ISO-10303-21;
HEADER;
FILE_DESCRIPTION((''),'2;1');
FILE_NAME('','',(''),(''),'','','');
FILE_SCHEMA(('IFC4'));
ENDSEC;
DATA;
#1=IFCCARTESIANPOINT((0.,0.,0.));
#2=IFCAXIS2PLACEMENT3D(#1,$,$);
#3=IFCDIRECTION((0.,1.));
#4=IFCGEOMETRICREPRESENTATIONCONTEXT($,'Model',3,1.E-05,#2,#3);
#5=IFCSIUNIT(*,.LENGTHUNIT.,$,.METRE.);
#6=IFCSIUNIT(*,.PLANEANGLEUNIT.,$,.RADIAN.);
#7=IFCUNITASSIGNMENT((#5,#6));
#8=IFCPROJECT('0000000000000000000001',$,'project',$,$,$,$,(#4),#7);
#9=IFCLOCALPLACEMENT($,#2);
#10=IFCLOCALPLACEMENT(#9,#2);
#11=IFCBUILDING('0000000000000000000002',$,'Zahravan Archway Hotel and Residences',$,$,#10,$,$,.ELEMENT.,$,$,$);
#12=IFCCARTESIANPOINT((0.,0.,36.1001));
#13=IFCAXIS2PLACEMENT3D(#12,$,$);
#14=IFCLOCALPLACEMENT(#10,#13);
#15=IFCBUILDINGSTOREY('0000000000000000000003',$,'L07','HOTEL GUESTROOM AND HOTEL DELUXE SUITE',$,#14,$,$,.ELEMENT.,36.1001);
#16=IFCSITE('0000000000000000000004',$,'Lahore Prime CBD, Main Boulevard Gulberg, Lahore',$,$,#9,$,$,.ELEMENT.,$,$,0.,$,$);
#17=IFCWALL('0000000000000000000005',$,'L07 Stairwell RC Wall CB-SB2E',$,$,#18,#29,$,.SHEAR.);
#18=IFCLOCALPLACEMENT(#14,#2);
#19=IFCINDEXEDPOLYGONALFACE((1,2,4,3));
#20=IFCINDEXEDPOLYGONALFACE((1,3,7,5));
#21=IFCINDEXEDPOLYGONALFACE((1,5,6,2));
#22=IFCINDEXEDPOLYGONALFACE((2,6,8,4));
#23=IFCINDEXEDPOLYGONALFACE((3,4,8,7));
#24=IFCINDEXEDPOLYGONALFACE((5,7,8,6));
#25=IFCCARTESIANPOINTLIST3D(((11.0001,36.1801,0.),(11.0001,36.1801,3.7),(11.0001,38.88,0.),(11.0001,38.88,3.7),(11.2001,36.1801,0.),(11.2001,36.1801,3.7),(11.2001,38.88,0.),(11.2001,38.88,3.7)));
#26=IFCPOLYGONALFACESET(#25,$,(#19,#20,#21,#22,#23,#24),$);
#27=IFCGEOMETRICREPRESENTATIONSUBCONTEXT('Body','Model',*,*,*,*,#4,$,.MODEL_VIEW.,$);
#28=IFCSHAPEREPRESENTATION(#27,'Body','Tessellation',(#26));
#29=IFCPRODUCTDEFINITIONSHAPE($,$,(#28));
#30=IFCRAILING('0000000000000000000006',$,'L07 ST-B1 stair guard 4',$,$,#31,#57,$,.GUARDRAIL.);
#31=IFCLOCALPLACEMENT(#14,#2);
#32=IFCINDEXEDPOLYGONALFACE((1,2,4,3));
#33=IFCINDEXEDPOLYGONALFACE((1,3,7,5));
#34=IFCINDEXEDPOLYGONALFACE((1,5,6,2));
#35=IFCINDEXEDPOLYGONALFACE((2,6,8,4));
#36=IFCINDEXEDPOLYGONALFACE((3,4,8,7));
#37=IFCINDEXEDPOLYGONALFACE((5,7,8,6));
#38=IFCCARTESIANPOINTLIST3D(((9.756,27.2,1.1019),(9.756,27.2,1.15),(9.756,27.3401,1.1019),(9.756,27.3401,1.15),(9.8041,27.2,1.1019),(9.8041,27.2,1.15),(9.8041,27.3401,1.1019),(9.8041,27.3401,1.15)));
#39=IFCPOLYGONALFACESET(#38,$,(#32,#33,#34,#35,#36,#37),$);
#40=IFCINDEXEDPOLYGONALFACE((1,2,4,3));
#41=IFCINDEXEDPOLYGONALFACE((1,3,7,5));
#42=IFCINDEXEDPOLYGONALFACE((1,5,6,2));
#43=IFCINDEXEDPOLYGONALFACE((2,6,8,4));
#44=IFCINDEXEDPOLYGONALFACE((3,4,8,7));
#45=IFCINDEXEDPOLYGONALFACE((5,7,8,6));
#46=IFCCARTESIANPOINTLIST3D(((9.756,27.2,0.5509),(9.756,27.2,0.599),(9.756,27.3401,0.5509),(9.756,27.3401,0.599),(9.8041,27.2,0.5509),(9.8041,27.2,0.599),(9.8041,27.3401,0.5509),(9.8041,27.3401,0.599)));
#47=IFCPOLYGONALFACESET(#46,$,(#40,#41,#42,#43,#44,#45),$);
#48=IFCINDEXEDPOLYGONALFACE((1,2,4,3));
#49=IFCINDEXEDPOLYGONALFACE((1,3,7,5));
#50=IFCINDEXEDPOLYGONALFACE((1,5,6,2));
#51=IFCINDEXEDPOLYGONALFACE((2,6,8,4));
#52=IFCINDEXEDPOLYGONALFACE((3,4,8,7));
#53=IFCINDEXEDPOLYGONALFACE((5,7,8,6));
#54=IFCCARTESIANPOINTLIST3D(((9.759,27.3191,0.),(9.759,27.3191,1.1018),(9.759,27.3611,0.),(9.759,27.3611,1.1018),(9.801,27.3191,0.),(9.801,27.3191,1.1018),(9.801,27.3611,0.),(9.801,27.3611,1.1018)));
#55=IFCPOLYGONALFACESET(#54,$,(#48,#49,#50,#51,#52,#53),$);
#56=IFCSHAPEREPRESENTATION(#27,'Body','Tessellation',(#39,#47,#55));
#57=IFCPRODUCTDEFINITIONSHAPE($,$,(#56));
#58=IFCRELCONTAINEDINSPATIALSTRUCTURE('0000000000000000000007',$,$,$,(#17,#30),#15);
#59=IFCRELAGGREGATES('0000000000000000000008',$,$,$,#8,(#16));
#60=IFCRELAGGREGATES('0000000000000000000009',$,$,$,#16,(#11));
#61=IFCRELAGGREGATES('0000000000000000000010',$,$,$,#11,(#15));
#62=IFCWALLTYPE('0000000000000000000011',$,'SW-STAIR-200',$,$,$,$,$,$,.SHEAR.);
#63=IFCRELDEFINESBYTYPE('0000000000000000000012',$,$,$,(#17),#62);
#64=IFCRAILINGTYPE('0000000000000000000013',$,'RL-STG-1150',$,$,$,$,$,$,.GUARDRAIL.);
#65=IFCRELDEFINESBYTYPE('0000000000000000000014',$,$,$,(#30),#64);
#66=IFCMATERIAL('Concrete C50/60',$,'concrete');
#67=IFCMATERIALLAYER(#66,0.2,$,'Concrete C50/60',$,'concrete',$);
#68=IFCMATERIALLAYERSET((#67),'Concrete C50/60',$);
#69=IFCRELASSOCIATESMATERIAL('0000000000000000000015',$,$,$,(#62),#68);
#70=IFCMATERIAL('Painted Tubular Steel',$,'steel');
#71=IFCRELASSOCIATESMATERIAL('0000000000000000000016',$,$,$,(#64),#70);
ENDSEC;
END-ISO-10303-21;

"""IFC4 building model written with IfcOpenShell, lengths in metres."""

from ifc_helpers import new_model, si_unit, direction, frame, frame_2d, origin, origin_2d, place, context, subcontext, project, spatial, rectangle, extrude, material, layer, layer_set, type_object, element, save


model = new_model("IFC4")

# Units and contexts
model_context = context("Model", 3, precision=1e-05, world=origin(), true_north=direction((0.0, 1.0)))
body_context = subcontext(model_context, "Body", "Model", "MODEL_VIEW")
ifc_project = project(units=[si_unit("LENGTHUNIT", "METRE"), si_unit("PLANEANGLEUNIT", "RADIAN")], contexts=[model_context])

# Site, building, storey
site_placement = place(None, origin())
site = spatial("IfcSite", under=ifc_project, at=site_placement, Name="Lahore Prime CBD, Main Boulevard Gulberg, Lahore", CompositionType="ELEMENT", RefElevation=0.0)
building_placement = place(site_placement, origin())
building = spatial("IfcBuilding", under=site, at=building_placement, Name="Zahravan Archway Hotel and Residences", CompositionType="ELEMENT")
storey_placement = place(building_placement, frame((0.0, 0.0, 36.1001)))
storey = spatial("IfcBuildingStorey", under=building, at=storey_placement, Name="L07", Description="HOTEL GUESTROOM AND HOTEL DELUXE SUITE", CompositionType="ELEMENT", Elevation=36.1001)

# Wall
ifc_material_1 = material(Name="Concrete C50/60", Category="concrete")
ifc_layer_1 = layer(ifc_material_1, 0.2, Name="Concrete C50/60", Category="concrete")
ifc_layer_set_1 = layer_set([ifc_layer_1], Name="Concrete C50/60")
wall_type_1 = type_object("IfcWallType", Name="SW-STAIR-200", PredefinedType="SHEAR", material=ifc_layer_set_1)
wall_1_placement = place(storey_placement, frame((11.1001, 36.1799, 0.0), z_axis=(0.0, 0.0, 1.0), x_axis=(0.0, 1.0, 0.0)))
element("IfcWall", 1, at=wall_1_placement, inside=storey, type_object=wall_type_1, Name="L07 Stairwell RC Wall CB-SB2E", PredefinedType="SHEAR", context=body_context, shape_type="SweptSolid", body=[
    extrude(rectangle(XDim=2.7, YDim=0.2, at=frame_2d((1.3501, 0.0))), origin(), (0.0, 0.0, 1.0), 3.7),
])

# Railing
ifc_material_2 = material(Name="Painted Tubular Steel", Category="steel")
railing_type = type_object("IfcRailingType", Name="RL-STG-1150", PredefinedType="GUARDRAIL", material=ifc_material_2)
railing_placement = place(storey_placement, frame((9.78, 27.3401, 0.0)))
element("IfcRailing", 2, at=railing_placement, inside=storey, type_object=railing_type, Name="L07 ST-B1 stair guard 4", PredefinedType="GUARDRAIL", context=body_context, shape_type="SweptSolid", body=[
    extrude(rectangle(XDim=0.0481, YDim=0.0481, at=origin_2d()), frame((0.0, 0.0, 1.126), z_axis=(0.0, -1.0, 0.0), x_axis=(1.0, 0.0, 0.0)), (0.0, 0.0, 1.0), 0.1401),
    extrude(rectangle(XDim=0.0481, YDim=0.0481, at=origin_2d()), frame((0.0, 0.0, 0.575), z_axis=(0.0, -1.0, 0.0), x_axis=(1.0, 0.0, 0.0)), (0.0, 0.0, 1.0), 0.1401),
    extrude(rectangle(XDim=0.042, YDim=0.042, at=origin_2d()), origin(), (0.0, 0.0, 1.0), 1.1018),
])

save(model, "model.ifc")
